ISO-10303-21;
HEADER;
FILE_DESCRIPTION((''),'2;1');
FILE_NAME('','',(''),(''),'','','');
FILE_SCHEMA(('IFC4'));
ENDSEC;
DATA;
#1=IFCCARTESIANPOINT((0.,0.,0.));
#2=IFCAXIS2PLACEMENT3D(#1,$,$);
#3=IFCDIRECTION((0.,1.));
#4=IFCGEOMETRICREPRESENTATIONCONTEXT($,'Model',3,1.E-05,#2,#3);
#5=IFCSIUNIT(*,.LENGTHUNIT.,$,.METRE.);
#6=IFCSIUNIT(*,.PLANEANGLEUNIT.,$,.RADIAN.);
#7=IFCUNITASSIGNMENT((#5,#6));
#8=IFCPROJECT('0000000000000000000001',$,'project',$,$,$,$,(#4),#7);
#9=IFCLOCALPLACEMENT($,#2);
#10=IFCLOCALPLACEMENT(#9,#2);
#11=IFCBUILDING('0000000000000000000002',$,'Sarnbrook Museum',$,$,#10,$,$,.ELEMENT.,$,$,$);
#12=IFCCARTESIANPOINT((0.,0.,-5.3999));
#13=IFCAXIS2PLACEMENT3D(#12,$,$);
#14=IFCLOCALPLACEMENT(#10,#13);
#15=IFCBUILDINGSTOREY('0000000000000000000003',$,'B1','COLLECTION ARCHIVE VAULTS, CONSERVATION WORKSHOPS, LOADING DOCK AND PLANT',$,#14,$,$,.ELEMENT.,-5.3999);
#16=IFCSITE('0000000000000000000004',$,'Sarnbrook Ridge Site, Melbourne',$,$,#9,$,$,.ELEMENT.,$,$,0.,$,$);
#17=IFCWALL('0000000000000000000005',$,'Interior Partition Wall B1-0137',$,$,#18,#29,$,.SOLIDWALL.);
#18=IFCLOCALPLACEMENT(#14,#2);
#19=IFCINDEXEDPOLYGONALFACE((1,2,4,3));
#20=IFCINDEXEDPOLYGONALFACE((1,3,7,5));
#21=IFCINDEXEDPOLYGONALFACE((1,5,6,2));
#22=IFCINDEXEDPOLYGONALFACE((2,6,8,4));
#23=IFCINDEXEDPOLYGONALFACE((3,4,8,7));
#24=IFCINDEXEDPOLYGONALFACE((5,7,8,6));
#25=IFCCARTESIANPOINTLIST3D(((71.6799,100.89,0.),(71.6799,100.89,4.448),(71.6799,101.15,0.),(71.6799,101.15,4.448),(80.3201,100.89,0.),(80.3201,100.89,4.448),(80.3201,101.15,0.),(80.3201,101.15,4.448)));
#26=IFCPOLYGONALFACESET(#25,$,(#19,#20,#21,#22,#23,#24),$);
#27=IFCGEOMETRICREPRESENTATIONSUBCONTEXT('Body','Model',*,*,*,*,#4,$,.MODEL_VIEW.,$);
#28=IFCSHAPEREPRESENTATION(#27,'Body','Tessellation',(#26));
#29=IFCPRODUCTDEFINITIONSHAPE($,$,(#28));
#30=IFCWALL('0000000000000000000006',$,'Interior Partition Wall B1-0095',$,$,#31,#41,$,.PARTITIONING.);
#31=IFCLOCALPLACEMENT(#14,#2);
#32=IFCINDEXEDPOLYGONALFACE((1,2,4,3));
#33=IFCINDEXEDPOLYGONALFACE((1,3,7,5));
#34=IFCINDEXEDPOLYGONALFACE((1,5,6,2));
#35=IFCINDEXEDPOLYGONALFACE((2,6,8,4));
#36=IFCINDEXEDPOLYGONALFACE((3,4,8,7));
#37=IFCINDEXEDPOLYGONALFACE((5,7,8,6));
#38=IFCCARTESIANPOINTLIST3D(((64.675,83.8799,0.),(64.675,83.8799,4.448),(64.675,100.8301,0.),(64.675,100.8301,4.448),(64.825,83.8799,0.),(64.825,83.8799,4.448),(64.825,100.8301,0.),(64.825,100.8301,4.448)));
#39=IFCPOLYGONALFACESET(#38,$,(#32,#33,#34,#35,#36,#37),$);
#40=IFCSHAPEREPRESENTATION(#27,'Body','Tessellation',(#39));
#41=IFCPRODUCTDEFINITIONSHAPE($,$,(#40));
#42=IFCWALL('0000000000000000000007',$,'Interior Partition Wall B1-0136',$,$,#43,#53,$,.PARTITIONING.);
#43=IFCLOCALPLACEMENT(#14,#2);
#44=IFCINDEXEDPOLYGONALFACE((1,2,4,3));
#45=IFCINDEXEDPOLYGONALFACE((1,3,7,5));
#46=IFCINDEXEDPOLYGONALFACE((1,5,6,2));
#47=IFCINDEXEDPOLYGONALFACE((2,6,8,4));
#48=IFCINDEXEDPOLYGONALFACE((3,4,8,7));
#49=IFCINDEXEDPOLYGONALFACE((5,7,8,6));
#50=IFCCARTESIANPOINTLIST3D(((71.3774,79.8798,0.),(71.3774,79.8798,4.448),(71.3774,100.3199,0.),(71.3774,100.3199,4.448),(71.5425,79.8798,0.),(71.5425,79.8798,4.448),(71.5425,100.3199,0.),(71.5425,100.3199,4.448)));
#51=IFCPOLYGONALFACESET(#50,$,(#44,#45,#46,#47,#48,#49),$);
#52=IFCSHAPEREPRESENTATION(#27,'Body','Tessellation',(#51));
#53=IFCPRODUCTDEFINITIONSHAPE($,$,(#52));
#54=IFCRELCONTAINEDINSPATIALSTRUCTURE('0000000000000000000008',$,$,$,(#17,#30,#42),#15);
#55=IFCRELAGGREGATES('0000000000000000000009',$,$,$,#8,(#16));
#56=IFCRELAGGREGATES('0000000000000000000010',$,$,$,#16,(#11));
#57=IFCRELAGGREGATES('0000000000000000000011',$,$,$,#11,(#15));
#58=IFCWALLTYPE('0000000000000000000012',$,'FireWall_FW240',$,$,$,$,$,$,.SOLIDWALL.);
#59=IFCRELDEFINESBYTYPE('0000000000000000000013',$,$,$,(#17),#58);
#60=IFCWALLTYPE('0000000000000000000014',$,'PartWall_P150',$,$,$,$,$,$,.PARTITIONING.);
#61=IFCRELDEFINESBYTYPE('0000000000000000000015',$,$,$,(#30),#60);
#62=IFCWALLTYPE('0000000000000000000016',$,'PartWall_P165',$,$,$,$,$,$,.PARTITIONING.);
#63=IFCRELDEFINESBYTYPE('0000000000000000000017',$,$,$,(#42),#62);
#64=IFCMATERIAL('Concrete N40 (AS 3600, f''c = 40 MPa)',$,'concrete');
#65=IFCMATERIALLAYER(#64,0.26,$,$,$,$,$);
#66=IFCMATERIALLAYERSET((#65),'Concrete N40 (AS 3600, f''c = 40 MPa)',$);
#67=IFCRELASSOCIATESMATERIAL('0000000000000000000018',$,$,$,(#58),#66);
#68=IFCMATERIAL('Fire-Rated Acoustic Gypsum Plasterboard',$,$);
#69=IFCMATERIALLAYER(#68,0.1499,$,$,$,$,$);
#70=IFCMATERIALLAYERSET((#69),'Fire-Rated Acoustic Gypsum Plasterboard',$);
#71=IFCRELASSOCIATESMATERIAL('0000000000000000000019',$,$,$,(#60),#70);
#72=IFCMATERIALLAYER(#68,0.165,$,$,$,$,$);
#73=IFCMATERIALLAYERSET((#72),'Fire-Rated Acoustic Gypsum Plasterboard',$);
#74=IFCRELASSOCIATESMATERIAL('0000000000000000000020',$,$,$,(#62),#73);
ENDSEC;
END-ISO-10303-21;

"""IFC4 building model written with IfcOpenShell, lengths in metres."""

from ifc_helpers import new_model, si_unit, direction, frame, frame_2d, origin, place, context, subcontext, project, spatial, rectangle, extrude, material, layer, layer_set, type_object, element, save


model = new_model("IFC4")

# Units and contexts
model_context = context("Model", 3, precision=1e-05, world=origin(), true_north=direction((0.0, 1.0)))
body_context = subcontext(model_context, "Body", "Model", "MODEL_VIEW")
ifc_project = project(units=[si_unit("LENGTHUNIT", "METRE"), si_unit("PLANEANGLEUNIT", "RADIAN")], contexts=[model_context])

# Site, building, storey
site_placement = place(None, origin())
site = spatial("IfcSite", under=ifc_project, at=site_placement, Name="Sarnbrook Ridge Site, Melbourne", CompositionType="ELEMENT", RefElevation=0.0)
building_placement = place(site_placement, origin())
building = spatial("IfcBuilding", under=site, at=building_placement, Name="Sarnbrook Museum", CompositionType="ELEMENT")
storey_placement = place(building_placement, frame((0.0, 0.0, -5.3999)))
storey = spatial("IfcBuildingStorey", under=building, at=storey_placement, Name="B1", Description="COLLECTION ARCHIVE VAULTS, CONSERVATION WORKSHOPS, LOADING DOCK AND PLANT", CompositionType="ELEMENT", Elevation=-5.3999)

# Shared definitions
ifc_material_1 = material(Name="Concrete N40 (AS 3600, f'c = 40 MPa)", Category="concrete")

# Shared definitions
ifc_layer_1 = layer(ifc_material_1, 0.26)
ifc_layer_set_1 = layer_set([ifc_layer_1], Name="Concrete N40 (AS 3600, f'c = 40 MPa)")
wall_type_1 = type_object("IfcWallType", Name="FireWall_FW240", PredefinedType="SOLIDWALL", material=ifc_layer_set_1)

# Walls
wall_1_placement = place(storey_placement, frame((80.3201, 101.02, 0.0), z_axis=(0.0, 0.0, 1.0), x_axis=(-1.0, 0.0, 0.0)))
element("IfcWall", 1, at=wall_1_placement, inside=storey, type_object=wall_type_1, Name="Interior Partition Wall B1-0137", PredefinedType="SOLIDWALL", context=body_context, shape_type="SweptSolid", body=[
    extrude(rectangle(XDim=8.6401, YDim=0.26, at=frame_2d((4.3201, 0.0))), origin(), (0.0, 0.0, 1.0), 4.448),
])
ifc_material_2 = material(Name="Fire-Rated Acoustic Gypsum Plasterboard")
ifc_layer_2 = layer(ifc_material_2, 0.1499)
ifc_layer_set_2 = layer_set([ifc_layer_2], Name="Fire-Rated Acoustic Gypsum Plasterboard")
wall_type_2 = type_object("IfcWallType", Name="PartWall_P150", PredefinedType="PARTITIONING", material=ifc_layer_set_2)
wall_2_placement = place(storey_placement, frame((64.75, 100.8301, 0.0), z_axis=(0.0, 0.0, 1.0), x_axis=(0.0, -1.0, 0.0)))
element("IfcWall", 2, at=wall_2_placement, inside=storey, type_object=wall_type_2, Name="Interior Partition Wall B1-0095", PredefinedType="PARTITIONING", context=body_context, shape_type="SweptSolid", body=[
    extrude(rectangle(XDim=16.9502, YDim=0.1499, at=frame_2d((8.4751, 0.0))), origin(), (0.0, 0.0, 1.0), 4.448),
])
ifc_layer_3 = layer(ifc_material_2, 0.165)
ifc_layer_set_3 = layer_set([ifc_layer_3], Name="Fire-Rated Acoustic Gypsum Plasterboard")
wall_type_3 = type_object("IfcWallType", Name="PartWall_P165", PredefinedType="PARTITIONING", material=ifc_layer_set_3)
wall_3_placement = place(storey_placement, frame((71.46, 100.3201, 0.0), z_axis=(0.0, 0.0, 1.0), x_axis=(0.0, -1.0, 0.0)))
element("IfcWall", 3, at=wall_3_placement, inside=storey, type_object=wall_type_3, Name="Interior Partition Wall B1-0136", PredefinedType="PARTITIONING", context=body_context, shape_type="SweptSolid", body=[
    extrude(rectangle(XDim=20.4402, YDim=0.165, at=frame_2d((10.2202, 0.0))), origin(), (0.0, 0.0, 1.0), 4.448),
])

save(model, "model.ifc")
